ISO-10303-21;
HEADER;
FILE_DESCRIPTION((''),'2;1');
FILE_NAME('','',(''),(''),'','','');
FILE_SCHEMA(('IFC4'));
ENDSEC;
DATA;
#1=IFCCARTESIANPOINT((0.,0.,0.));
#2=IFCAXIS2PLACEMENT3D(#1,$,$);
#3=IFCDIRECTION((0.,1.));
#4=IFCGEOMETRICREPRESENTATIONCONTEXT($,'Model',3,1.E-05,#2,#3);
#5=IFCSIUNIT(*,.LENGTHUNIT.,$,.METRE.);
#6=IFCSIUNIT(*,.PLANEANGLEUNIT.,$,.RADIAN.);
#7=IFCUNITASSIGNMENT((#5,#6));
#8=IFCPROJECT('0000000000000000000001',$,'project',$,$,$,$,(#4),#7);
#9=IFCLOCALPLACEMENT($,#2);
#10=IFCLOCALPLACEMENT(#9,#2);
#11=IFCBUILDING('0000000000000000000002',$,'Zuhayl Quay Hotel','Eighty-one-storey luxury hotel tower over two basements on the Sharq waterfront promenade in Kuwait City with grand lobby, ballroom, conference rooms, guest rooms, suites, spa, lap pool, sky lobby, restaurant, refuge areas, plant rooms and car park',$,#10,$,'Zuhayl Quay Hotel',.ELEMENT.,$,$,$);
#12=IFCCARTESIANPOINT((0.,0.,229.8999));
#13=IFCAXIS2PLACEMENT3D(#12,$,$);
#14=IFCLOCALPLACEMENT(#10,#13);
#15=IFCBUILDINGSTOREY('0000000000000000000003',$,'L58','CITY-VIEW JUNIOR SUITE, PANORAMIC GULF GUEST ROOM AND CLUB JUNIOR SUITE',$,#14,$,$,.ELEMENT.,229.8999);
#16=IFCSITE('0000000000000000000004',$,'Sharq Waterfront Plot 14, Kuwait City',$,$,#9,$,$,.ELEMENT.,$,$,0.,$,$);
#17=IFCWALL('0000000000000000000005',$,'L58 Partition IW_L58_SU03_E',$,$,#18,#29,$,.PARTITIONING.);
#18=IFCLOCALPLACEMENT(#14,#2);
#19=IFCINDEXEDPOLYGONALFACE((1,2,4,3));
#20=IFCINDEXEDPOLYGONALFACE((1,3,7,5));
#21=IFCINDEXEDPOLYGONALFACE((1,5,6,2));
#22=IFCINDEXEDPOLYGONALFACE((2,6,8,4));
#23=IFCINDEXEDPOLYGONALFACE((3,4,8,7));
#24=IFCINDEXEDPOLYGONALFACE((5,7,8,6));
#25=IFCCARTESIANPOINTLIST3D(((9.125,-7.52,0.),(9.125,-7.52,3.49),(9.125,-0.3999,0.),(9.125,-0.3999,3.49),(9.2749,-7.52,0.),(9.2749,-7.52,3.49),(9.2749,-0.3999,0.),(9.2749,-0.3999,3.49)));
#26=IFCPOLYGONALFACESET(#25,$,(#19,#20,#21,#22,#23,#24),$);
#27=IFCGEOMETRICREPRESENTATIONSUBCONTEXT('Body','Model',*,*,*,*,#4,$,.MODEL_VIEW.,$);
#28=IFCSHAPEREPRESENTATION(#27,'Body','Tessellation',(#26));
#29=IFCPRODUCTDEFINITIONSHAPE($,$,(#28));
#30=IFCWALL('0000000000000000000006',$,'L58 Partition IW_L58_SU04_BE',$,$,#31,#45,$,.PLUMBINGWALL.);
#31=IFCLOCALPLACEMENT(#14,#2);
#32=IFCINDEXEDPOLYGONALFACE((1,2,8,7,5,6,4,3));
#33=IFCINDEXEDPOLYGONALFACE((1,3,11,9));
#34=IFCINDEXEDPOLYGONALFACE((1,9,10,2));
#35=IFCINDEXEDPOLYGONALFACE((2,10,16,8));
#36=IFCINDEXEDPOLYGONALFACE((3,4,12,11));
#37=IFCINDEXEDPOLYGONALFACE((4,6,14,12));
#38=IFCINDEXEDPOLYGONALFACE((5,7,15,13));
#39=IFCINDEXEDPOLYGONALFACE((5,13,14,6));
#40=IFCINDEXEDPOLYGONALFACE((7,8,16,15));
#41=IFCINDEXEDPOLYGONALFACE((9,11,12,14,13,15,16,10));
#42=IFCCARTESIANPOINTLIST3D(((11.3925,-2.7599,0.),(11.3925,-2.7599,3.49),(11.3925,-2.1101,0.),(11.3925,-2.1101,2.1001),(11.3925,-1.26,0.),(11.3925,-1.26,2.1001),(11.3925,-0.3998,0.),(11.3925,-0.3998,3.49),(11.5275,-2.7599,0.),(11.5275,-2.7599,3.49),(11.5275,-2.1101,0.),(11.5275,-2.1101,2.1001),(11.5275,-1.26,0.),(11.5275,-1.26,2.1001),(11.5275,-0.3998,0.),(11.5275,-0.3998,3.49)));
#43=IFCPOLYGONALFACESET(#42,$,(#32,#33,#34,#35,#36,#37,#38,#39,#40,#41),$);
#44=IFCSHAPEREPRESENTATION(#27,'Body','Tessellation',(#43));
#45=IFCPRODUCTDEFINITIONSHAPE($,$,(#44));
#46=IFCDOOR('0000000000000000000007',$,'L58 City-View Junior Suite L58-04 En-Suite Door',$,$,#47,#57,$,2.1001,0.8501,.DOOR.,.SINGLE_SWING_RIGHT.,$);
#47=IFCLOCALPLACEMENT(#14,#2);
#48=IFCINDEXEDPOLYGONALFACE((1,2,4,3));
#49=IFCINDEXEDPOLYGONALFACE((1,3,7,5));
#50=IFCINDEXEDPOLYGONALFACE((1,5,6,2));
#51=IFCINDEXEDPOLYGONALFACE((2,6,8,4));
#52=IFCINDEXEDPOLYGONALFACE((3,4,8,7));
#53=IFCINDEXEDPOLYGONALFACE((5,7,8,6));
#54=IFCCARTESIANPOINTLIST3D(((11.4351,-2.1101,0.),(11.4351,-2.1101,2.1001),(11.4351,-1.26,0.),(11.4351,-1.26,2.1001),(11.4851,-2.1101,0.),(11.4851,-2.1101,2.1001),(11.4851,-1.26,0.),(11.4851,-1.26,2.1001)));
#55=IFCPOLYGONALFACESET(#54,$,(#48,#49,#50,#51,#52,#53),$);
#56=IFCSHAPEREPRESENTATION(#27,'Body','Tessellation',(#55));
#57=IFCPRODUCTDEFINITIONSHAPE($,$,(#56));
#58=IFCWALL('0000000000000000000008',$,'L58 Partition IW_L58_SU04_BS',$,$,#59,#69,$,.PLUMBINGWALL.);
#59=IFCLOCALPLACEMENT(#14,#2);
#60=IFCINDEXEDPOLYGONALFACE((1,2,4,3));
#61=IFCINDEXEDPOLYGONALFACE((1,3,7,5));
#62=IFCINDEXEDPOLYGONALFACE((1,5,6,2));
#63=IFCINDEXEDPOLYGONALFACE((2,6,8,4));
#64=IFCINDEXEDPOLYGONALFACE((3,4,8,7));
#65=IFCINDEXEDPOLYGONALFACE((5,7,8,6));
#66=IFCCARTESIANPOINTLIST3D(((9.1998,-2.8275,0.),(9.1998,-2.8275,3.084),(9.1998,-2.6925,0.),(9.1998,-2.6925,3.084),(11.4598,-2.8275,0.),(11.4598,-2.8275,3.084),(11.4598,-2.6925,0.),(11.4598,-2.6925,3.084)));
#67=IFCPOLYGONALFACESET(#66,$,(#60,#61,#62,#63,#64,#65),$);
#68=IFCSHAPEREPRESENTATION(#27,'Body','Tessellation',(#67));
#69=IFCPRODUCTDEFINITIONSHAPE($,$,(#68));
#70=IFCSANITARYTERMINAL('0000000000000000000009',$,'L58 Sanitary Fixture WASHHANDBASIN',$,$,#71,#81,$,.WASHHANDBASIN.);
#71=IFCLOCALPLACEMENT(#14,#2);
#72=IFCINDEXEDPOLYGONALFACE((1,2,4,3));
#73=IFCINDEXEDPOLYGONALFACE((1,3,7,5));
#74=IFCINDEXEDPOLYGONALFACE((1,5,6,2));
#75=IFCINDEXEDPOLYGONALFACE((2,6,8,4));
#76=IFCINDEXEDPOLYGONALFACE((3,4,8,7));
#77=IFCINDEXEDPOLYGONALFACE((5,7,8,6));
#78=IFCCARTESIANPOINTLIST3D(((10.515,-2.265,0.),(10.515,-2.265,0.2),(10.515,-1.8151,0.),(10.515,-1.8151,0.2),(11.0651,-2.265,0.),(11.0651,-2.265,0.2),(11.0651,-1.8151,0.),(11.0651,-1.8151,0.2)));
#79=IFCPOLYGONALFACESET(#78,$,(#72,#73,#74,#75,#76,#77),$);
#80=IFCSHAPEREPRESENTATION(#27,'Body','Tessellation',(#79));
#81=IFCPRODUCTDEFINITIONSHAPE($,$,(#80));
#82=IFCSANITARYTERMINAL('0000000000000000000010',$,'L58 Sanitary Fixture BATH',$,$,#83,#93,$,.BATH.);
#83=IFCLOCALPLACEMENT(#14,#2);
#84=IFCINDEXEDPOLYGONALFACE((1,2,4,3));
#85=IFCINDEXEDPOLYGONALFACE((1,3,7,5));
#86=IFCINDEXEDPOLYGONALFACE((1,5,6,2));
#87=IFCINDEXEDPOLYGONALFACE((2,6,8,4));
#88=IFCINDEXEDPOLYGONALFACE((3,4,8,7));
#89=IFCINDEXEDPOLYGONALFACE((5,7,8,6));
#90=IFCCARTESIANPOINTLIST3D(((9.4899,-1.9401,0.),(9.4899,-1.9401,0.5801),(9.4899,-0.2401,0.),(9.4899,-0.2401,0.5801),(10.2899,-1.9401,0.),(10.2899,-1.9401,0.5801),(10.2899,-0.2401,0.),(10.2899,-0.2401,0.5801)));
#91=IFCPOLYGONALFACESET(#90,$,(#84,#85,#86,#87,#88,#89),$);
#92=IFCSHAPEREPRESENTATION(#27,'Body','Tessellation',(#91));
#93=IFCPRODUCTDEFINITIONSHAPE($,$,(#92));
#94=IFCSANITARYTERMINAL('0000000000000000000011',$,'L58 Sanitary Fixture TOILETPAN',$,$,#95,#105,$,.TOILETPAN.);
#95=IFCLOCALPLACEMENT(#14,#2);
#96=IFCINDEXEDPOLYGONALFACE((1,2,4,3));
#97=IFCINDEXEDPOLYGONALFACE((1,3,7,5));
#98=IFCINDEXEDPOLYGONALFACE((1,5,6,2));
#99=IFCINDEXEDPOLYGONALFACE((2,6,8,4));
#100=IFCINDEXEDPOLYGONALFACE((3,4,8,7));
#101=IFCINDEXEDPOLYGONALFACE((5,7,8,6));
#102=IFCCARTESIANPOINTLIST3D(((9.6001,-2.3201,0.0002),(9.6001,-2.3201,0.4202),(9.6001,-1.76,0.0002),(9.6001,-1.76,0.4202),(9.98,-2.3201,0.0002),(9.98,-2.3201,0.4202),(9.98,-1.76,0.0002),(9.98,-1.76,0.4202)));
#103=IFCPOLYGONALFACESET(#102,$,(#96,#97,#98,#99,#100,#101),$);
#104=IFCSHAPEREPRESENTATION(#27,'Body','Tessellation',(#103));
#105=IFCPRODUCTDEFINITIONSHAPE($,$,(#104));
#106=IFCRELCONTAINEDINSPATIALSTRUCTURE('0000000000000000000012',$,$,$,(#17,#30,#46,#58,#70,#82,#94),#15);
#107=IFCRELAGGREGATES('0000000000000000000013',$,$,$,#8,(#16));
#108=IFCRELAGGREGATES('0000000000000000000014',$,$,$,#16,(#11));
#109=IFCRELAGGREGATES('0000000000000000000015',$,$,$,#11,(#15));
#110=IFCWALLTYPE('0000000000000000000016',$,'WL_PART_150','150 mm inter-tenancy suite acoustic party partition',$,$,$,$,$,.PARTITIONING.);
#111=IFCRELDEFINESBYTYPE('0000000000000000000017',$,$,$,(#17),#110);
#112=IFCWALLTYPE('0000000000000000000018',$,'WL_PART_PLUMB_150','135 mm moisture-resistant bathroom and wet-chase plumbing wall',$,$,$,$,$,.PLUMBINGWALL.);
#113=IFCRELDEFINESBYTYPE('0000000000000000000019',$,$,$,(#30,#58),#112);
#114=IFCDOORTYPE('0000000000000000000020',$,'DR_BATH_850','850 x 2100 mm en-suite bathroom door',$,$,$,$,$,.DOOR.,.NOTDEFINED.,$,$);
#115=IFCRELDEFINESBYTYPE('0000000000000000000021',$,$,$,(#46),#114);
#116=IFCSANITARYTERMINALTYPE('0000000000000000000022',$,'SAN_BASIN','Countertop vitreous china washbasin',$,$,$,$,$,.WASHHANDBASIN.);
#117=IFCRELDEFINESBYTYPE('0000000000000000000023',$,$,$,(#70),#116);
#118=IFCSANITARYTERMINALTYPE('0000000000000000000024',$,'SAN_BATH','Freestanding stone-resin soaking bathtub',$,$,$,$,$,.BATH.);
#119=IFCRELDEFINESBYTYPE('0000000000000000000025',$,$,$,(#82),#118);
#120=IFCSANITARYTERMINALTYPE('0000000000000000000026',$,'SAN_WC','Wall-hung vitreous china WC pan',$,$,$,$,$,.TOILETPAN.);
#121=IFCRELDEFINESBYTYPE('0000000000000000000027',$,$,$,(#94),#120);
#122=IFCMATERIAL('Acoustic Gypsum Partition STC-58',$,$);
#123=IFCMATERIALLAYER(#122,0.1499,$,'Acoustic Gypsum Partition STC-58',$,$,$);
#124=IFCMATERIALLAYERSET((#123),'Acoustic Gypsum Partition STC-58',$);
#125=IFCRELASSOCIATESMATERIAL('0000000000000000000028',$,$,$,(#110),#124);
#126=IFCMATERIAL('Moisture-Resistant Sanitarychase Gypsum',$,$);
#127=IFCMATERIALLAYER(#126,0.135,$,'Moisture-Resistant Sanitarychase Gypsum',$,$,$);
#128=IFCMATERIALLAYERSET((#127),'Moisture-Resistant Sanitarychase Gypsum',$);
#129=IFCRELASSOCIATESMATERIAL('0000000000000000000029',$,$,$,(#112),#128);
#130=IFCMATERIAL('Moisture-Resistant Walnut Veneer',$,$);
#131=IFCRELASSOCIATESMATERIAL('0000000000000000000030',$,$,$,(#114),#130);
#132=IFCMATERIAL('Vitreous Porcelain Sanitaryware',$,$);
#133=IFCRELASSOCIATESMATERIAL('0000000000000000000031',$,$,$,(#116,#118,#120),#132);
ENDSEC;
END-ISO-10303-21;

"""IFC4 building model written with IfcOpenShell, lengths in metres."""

from ifc_helpers import new_model, si_unit, direction, frame, frame_2d, origin, origin_2d, place, context, subcontext, project, spatial, rectangle, extrude, material, layer, layer_set, type_object, element, fill, save


model = new_model("IFC4")

# Units and contexts
model_context = context("Model", 3, precision=1e-05, world=origin(), true_north=direction((0.0, 1.0)))
body_context = subcontext(model_context, "Body", "Model", "MODEL_VIEW")
ifc_project = project(units=[si_unit("LENGTHUNIT", "METRE"), si_unit("PLANEANGLEUNIT", "RADIAN")], contexts=[model_context])

# Site, building, storey
site_placement = place(None, origin())
site = spatial("IfcSite", under=ifc_project, at=site_placement, Name="Sharq Waterfront Plot 14, Kuwait City", CompositionType="ELEMENT", RefElevation=0.0)
building_placement = place(site_placement, origin())
building = spatial("IfcBuilding", under=site, at=building_placement, Name="Zuhayl Quay Hotel", Description="Eighty-one-storey luxury hotel tower over two basements on the Sharq waterfront promenade in Kuwait City with grand lobby, ballroom, conference rooms, guest rooms, suites, spa, lap pool, sky lobby, restaurant, refuge areas, plant rooms and car park", LongName="Zuhayl Quay Hotel", CompositionType="ELEMENT")
storey_placement = place(building_placement, frame((0.0, 0.0, 229.8999)))
storey = spatial("IfcBuildingStorey", under=building, at=storey_placement, Name="L58", Description="CITY-VIEW JUNIOR SUITE, PANORAMIC GULF GUEST ROOM AND CLUB JUNIOR SUITE", CompositionType="ELEMENT", Elevation=229.8999)

# Wall
ifc_material_1 = material(Name="Acoustic Gypsum Partition STC-58")
ifc_layer_1 = layer(ifc_material_1, 0.1499, Name="Acoustic Gypsum Partition STC-58")
ifc_layer_set_1 = layer_set([ifc_layer_1], Name="Acoustic Gypsum Partition STC-58")
wall_type_1 = type_object("IfcWallType", Name="WL_PART_150", Description="150 mm inter-tenancy suite acoustic party partition", PredefinedType="PARTITIONING", material=ifc_layer_set_1)
wall_1_placement = place(storey_placement, frame((9.2, -7.52, 0.0), z_axis=(0.0, 0.0, 1.0), x_axis=(0.0, 1.0, 0.0)))
element("IfcWall", 1, at=wall_1_placement, inside=storey, type_object=wall_type_1, Name="L58 Partition IW_L58_SU03_E", PredefinedType="PARTITIONING", context=body_context, shape_type="SweptSolid", body=[
    extrude(rectangle(XDim=7.1201, YDim=0.1499, at=frame_2d((3.5601, 0.0))), origin(), (0.0, 0.0, 1.0), 3.49),
])

# Wall, opening, door
ifc_material_2 = material(Name="Moisture-Resistant Sanitarychase Gypsum")
ifc_layer_2 = layer(ifc_material_2, 0.135, Name="Moisture-Resistant Sanitarychase Gypsum")
ifc_layer_set_2 = layer_set([ifc_layer_2], Name="Moisture-Resistant Sanitarychase Gypsum")
wall_type_2 = type_object("IfcWallType", Name="WL_PART_PLUMB_150", Description="135 mm moisture-resistant bathroom and wet-chase plumbing wall", PredefinedType="PLUMBINGWALL", material=ifc_layer_set_2)
wall_2_placement = place(storey_placement, frame((11.46, -2.76, 0.0), z_axis=(0.0, 0.0, 1.0), x_axis=(0.0, 1.0, 0.0)))
wall_2 = element("IfcWall", 2, at=wall_2_placement, inside=storey, type_object=wall_type_2, Name="L58 Partition IW_L58_SU04_BE", PredefinedType="PLUMBINGWALL", context=body_context, shape_type="SweptSolid", body=[
    extrude(rectangle(XDim=2.3601, YDim=0.135, at=frame_2d((1.1802, 0.0))), origin(), (0.0, 0.0, 1.0), 3.49),
])
opening_1_placement = place(wall_2_placement, frame((0.6499, 0.0, 0.0)))
opening_1 = element("IfcOpeningElement", 3, at=opening_1_placement, cuts=wall_2, PredefinedType="OPENING", context=body_context, shape_type="SweptSolid", body=[
    extrude(rectangle(XDim=0.8501, YDim=2.1001, at=frame_2d((0.425, 1.05))), frame((0.0, 0.0774, 0.0), z_axis=(0.0, -1.0, 0.0), x_axis=(1.0, 0.0, 0.0)), (0.0, 0.0, 1.0), 0.155),
])
ifc_material_3 = material(Name="Moisture-Resistant Walnut Veneer")
door_type = type_object("IfcDoorType", Name="DR_BATH_850", Description="850 x 2100 mm en-suite bathroom door", OperationType="NOTDEFINED", PredefinedType="DOOR", material=ifc_material_3)
door_placement = place(opening_1_placement, origin())
door = element("IfcDoor", 4, at=door_placement, inside=storey, type_object=door_type, Name="L58 City-View Junior Suite L58-04 En-Suite Door", OperationType="SINGLE_SWING_RIGHT", OverallHeight=2.1001, OverallWidth=0.8501, PredefinedType="DOOR", context=body_context, shape_type="SweptSolid", body=[
    extrude(rectangle(XDim=0.8501, YDim=2.1001, at=frame_2d((0.425, 1.05))), frame((0.0, 0.0249, 0.0), z_axis=(0.0, -1.0, 0.0), x_axis=(1.0, 0.0, 0.0)), (0.0, 0.0, 1.0), 0.05),
])
fill(opening_1, door)

# Wall
wall_3_placement = place(storey_placement, frame((9.2, -2.76, 0.0), z_axis=(0.0, 0.0, 1.0), x_axis=(1.0, 0.0, 0.0)))
element("IfcWall", 5, at=wall_3_placement, inside=storey, type_object=wall_type_2, Name="L58 Partition IW_L58_SU04_BS", PredefinedType="PLUMBINGWALL", context=body_context, shape_type="SweptSolid", body=[
    extrude(rectangle(XDim=2.26, YDim=0.135, at=frame_2d((1.1299, 0.0))), origin(), (0.0, 0.0, 1.0), 3.084),
])

# Sanitary terminals
ifc_material_4 = material(Name="Vitreous Porcelain Sanitaryware")
sanitary_terminal_type_1 = type_object("IfcSanitaryTerminalType", Name="SAN_BASIN", Description="Countertop vitreous china washbasin", PredefinedType="WASHHANDBASIN", material=ifc_material_4)
sanitary_terminal_1_placement = place(storey_placement, frame((10.79, -2.04, 0.0), z_axis=(0.0, 0.0, 1.0), x_axis=(1.0, 0.0, 0.0)))
element("IfcSanitaryTerminal", 6, at=sanitary_terminal_1_placement, inside=storey, type_object=sanitary_terminal_type_1, Name="L58 Sanitary Fixture WASHHANDBASIN", PredefinedType="WASHHANDBASIN", context=body_context, shape_type="SweptSolid", body=[
    extrude(rectangle(XDim=0.55, YDim=0.45, at=origin_2d()), origin(), (0.0, 0.0, 1.0), 0.2),
])
sanitary_terminal_type_2 = type_object("IfcSanitaryTerminalType", Name="SAN_BATH", Description="Freestanding stone-resin soaking bathtub", PredefinedType="BATH", material=ifc_material_4)
sanitary_terminal_2_placement = place(storey_placement, frame((9.8899, -1.0901, 0.0), z_axis=(0.0, 0.0, 1.0), x_axis=(1.0, 0.0, 0.0)))
element("IfcSanitaryTerminal", 7, at=sanitary_terminal_2_placement, inside=storey, type_object=sanitary_terminal_type_2, Name="L58 Sanitary Fixture BATH", PredefinedType="BATH", context=body_context, shape_type="SweptSolid", body=[
    extrude(rectangle(XDim=0.8, YDim=1.7, at=origin_2d()), origin(), (0.0, 0.0, 1.0), 0.5801),
])
sanitary_terminal_type_3 = type_object("IfcSanitaryTerminalType", Name="SAN_WC", Description="Wall-hung vitreous china WC pan", PredefinedType="TOILETPAN", material=ifc_material_4)
sanitary_terminal_3_placement = place(storey_placement, frame((9.79, -2.04, 0.0002), z_axis=(0.0, 0.0, 1.0), x_axis=(1.0, 0.0, 0.0)))
element("IfcSanitaryTerminal", 8, at=sanitary_terminal_3_placement, inside=storey, type_object=sanitary_terminal_type_3, Name="L58 Sanitary Fixture TOILETPAN", PredefinedType="TOILETPAN", context=body_context, shape_type="SweptSolid", body=[
    extrude(rectangle(XDim=0.3799, YDim=0.5601, at=origin_2d()), origin(), (0.0, 0.0, 1.0), 0.4199),
])

save(model, "model.ifc")
